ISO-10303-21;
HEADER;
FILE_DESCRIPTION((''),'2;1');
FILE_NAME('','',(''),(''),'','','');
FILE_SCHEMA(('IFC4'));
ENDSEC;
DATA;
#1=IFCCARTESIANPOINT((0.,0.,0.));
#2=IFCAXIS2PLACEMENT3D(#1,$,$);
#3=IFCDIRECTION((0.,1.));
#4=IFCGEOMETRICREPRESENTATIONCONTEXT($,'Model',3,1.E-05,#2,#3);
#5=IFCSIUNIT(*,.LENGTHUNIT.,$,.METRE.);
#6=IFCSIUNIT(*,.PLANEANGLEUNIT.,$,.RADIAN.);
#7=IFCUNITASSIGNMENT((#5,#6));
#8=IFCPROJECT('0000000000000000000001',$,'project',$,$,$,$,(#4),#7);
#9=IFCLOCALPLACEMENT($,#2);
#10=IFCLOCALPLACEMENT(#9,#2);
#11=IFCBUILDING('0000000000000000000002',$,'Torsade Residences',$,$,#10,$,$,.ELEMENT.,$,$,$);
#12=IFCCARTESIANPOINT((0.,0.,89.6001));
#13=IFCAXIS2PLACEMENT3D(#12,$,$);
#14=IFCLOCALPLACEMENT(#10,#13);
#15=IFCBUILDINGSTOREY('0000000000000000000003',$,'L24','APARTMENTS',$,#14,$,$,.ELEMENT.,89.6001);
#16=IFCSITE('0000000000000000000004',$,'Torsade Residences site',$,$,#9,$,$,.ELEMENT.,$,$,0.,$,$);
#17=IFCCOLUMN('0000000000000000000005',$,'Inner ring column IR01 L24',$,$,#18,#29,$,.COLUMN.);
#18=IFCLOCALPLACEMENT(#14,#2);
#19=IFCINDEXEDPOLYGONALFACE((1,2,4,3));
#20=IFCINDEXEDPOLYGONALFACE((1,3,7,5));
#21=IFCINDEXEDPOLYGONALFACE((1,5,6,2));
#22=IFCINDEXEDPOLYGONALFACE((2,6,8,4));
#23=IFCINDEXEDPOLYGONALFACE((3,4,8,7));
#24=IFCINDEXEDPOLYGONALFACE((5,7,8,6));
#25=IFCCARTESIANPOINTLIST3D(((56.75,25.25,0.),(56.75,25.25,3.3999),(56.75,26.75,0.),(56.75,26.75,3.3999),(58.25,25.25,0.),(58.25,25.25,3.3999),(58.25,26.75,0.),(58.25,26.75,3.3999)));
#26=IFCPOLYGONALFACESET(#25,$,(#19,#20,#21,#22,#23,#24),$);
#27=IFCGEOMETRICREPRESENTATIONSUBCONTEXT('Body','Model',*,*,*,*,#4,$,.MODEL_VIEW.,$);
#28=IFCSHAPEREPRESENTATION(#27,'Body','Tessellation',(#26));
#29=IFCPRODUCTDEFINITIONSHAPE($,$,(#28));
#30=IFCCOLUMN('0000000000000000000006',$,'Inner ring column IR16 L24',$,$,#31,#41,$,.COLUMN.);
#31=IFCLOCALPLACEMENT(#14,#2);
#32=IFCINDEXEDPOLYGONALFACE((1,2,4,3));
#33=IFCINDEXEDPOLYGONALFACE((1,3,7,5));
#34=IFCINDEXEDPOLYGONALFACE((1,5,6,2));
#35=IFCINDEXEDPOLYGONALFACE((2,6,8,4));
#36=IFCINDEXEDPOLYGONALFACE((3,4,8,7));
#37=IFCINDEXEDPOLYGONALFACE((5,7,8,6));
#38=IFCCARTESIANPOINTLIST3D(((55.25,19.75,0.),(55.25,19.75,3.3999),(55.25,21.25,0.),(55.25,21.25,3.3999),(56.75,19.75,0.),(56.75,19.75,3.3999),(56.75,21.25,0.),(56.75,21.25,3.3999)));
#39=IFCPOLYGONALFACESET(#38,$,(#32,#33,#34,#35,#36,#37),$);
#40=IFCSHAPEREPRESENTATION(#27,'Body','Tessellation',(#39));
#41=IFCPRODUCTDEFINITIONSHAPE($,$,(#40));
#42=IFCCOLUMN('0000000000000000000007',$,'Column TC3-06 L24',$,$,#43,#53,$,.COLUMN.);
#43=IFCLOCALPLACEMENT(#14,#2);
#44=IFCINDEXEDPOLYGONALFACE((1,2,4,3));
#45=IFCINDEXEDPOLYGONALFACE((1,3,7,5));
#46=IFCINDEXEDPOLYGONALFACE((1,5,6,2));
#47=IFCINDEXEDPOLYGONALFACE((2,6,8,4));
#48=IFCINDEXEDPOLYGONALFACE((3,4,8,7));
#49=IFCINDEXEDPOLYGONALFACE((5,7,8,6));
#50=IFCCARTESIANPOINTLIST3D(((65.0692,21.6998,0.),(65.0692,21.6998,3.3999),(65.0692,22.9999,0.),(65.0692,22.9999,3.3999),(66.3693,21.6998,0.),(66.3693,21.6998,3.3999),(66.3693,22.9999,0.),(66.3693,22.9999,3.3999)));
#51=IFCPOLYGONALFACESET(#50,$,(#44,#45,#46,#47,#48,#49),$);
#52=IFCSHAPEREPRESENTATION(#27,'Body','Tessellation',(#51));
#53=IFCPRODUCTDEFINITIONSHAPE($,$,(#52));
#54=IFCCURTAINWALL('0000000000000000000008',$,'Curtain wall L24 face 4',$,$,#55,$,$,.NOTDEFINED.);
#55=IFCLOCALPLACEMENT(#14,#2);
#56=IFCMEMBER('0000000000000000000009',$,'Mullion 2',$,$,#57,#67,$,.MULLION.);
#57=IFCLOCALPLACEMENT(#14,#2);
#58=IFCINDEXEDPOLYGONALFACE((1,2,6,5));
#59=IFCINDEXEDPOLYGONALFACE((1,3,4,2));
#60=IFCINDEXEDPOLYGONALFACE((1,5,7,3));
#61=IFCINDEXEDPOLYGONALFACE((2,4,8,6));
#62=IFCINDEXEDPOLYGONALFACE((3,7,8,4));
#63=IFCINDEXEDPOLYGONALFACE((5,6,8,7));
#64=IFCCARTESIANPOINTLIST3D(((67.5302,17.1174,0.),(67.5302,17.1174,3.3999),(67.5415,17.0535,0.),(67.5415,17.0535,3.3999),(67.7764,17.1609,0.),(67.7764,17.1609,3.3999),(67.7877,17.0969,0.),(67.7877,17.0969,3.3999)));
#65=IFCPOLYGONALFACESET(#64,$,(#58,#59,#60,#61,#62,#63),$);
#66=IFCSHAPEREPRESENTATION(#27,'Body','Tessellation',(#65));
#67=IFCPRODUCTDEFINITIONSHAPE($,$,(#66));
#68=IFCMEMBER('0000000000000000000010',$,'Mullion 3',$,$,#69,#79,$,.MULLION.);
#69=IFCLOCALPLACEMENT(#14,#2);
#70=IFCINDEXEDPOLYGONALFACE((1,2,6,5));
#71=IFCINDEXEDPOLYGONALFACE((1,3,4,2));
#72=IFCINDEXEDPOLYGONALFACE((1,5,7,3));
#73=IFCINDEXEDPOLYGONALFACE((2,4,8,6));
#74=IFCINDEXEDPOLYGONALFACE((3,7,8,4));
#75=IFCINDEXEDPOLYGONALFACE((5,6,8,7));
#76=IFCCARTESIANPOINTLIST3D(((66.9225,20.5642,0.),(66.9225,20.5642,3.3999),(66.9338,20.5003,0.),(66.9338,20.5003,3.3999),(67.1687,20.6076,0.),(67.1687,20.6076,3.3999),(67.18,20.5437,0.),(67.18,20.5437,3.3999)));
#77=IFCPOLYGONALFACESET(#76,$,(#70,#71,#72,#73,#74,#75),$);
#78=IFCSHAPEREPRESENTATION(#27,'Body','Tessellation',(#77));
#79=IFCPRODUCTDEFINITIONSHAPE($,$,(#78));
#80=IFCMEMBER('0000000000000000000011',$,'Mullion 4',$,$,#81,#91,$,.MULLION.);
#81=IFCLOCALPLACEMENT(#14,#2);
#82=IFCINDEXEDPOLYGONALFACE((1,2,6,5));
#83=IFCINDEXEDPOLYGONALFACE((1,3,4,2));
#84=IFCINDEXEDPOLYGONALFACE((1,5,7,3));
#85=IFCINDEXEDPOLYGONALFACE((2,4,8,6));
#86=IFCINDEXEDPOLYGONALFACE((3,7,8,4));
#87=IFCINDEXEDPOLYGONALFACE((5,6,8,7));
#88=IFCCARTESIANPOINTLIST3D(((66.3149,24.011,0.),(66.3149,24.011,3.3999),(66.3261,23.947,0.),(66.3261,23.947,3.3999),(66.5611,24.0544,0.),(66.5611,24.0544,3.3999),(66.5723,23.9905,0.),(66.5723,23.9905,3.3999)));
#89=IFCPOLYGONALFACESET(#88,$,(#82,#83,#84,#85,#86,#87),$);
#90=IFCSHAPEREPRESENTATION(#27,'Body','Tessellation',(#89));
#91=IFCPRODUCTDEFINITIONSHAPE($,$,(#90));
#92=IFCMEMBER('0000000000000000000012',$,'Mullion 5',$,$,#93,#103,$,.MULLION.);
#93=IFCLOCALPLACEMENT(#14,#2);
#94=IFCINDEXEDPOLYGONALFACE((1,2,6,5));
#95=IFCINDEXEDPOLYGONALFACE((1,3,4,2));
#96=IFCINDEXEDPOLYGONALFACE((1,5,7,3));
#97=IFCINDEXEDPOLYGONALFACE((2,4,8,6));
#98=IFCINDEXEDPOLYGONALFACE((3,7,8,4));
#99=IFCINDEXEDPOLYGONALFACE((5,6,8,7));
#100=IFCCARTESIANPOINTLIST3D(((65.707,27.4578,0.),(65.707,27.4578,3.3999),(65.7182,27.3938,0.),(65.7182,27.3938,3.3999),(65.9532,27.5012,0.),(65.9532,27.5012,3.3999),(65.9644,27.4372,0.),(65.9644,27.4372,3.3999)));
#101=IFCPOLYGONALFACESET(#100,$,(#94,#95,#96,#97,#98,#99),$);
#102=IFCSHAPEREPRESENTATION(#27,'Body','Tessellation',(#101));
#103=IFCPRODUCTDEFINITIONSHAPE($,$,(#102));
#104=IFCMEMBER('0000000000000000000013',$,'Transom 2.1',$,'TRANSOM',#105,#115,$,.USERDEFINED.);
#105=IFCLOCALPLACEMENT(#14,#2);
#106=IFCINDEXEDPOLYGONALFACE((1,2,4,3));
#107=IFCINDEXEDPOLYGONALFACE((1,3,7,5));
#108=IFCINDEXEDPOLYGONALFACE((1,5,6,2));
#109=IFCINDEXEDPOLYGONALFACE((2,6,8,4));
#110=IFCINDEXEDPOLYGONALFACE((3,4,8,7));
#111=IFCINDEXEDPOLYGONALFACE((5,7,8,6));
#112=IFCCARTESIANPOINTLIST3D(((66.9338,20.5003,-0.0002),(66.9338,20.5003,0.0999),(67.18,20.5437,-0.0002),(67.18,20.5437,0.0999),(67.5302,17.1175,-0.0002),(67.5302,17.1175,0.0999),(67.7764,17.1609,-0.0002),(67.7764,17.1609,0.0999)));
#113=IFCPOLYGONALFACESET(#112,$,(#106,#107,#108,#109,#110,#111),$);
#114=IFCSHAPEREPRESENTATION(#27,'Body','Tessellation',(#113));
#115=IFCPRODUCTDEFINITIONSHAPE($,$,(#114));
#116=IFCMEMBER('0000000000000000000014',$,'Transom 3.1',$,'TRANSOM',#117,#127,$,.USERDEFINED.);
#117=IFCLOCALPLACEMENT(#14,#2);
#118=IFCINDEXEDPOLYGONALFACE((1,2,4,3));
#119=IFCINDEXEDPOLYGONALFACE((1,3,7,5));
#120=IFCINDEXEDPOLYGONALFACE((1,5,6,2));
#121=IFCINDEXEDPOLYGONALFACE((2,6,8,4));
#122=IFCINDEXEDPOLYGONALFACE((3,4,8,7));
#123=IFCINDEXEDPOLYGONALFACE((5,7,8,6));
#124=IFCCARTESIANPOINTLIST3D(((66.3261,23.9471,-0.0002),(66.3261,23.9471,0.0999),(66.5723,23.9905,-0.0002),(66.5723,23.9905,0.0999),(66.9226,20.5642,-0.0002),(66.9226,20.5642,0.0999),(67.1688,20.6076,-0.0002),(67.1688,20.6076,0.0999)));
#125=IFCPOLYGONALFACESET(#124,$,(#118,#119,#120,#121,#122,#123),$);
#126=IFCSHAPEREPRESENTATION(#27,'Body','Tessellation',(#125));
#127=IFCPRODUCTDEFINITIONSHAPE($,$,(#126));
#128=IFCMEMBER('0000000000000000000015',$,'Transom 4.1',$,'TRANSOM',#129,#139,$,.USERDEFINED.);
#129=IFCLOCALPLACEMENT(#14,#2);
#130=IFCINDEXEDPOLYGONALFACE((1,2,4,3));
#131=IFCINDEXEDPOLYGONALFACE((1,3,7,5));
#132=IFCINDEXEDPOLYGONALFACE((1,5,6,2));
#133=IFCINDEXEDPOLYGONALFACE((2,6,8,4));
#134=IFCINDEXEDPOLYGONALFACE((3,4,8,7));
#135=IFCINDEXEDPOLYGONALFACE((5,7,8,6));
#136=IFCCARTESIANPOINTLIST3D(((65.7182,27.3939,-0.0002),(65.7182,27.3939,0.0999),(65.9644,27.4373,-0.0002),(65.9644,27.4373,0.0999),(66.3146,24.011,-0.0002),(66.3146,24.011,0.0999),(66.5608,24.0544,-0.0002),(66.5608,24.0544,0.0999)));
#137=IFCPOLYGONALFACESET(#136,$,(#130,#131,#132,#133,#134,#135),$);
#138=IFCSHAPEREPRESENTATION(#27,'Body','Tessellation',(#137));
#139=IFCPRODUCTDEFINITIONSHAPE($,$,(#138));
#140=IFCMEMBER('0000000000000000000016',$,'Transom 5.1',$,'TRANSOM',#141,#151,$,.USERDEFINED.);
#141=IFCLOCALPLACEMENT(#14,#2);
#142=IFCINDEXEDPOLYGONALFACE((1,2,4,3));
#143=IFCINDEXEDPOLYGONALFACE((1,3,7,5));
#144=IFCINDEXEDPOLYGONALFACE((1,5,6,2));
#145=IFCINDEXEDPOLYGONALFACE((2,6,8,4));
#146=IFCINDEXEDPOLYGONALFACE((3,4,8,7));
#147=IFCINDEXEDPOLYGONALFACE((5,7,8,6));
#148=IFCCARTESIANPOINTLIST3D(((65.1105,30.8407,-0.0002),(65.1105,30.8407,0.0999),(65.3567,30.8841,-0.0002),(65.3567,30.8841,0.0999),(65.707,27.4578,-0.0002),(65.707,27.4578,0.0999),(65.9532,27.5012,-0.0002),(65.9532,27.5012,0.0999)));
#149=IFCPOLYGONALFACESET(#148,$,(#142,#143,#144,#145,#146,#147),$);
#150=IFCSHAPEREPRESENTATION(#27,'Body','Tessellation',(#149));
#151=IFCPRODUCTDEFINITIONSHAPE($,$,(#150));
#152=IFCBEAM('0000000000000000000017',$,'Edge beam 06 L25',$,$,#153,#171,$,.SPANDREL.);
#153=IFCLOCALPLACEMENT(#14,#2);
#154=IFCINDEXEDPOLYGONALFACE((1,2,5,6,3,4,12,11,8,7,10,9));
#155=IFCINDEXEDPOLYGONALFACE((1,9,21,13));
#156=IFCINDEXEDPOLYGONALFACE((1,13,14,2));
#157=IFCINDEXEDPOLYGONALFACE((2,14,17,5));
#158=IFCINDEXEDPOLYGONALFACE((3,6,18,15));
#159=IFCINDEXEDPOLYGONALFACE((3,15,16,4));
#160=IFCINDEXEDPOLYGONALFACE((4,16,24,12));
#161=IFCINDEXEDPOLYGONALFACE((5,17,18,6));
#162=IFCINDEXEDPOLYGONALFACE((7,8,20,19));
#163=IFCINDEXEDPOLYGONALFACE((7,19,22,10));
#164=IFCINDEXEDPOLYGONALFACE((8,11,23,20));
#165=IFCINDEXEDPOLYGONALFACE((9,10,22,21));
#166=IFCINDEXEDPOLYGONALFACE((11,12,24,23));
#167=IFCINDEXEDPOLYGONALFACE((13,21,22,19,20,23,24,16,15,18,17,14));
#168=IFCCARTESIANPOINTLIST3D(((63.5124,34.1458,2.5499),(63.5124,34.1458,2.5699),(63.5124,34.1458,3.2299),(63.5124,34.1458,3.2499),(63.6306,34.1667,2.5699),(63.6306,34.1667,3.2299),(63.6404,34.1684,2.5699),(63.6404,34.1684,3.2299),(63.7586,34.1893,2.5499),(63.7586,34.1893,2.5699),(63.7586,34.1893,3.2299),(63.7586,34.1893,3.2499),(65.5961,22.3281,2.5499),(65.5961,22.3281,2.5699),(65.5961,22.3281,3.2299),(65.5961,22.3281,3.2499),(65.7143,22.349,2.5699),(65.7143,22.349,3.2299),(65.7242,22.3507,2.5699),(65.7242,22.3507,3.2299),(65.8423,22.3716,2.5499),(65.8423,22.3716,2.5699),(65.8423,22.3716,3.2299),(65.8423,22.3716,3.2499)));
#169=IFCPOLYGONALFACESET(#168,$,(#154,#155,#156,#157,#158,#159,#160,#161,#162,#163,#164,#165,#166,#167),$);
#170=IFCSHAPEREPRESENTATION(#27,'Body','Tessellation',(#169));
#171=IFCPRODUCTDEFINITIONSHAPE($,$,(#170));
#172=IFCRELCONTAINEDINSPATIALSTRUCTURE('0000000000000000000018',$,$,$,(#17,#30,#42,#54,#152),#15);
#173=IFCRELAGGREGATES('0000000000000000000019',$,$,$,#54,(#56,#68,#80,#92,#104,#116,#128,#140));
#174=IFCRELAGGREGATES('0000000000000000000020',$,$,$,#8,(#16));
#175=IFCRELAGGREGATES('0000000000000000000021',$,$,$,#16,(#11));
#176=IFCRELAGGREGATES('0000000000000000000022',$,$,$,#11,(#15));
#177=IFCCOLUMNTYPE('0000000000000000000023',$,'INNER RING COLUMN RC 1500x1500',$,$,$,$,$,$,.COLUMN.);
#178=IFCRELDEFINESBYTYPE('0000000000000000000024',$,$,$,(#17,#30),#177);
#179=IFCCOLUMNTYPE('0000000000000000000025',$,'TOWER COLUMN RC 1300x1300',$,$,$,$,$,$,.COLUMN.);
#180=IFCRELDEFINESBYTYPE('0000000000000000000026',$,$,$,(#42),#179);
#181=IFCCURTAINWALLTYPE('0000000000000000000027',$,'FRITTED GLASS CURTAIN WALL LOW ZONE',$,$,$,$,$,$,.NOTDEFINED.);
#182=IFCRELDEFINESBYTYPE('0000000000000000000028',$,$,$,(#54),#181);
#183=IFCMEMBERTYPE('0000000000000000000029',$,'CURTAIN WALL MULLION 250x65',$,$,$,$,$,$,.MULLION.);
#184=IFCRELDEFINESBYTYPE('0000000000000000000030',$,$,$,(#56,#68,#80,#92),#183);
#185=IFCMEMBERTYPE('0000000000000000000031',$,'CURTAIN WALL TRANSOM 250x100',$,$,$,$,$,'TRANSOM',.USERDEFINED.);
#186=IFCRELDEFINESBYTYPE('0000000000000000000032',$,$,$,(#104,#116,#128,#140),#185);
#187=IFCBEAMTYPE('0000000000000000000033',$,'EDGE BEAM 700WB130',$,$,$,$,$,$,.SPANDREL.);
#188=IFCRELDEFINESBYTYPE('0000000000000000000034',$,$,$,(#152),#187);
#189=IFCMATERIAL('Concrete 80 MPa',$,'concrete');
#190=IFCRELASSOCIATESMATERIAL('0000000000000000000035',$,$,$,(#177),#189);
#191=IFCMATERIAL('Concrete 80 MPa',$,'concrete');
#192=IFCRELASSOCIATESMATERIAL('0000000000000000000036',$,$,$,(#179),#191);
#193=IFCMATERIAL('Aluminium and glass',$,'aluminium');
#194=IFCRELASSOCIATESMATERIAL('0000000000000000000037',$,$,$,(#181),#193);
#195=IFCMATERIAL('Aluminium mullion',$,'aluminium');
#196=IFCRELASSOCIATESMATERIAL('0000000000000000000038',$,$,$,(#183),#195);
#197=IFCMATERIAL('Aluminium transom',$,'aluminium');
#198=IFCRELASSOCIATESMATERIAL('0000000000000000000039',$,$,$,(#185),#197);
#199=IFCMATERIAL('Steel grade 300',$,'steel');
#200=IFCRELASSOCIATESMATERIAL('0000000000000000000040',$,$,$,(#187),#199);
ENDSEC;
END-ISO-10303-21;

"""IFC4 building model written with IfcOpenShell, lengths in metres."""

from ifc_helpers import new_model, si_unit, direction, frame, origin, origin_2d, place, context, subcontext, project, spatial, rectangle, i_section, extrude, material, material_profile, profile_set, type_object, element, aggregate, save


model = new_model("IFC4")

# Units and contexts
model_context = context("Model", 3, precision=1e-05, world=origin(), true_north=direction((0.0, 1.0)))
body_context = subcontext(model_context, "Body", "Model", "MODEL_VIEW")
ifc_project = project(units=[si_unit("LENGTHUNIT", "METRE"), si_unit("PLANEANGLEUNIT", "RADIAN")], contexts=[model_context])

# Site, building, storey
site_placement = place(None, origin())
site = spatial("IfcSite", under=ifc_project, at=site_placement, Name="Torsade Residences site", CompositionType="ELEMENT", RefElevation=0.0)
building_placement = place(site_placement, origin())
building = spatial("IfcBuilding", under=site, at=building_placement, Name="Torsade Residences", CompositionType="ELEMENT")
storey_placement = place(building_placement, frame((0.0, 0.0, 89.6001)))
storey = spatial("IfcBuildingStorey", under=building, at=storey_placement, Name="L24", Description="APARTMENTS", CompositionType="ELEMENT", Elevation=89.6001)

# Columns
ifc_material_1 = material(Name="Concrete 80 MPa", Category="concrete")
ifc_material_profile_1 = material_profile(ifc_material_1, rectangle(XDim=1.5, YDim=1.5, at=origin_2d()), Name="RC 1500x1500")
ifc_profile_set_1 = profile_set([ifc_material_profile_1], Name="Concrete 80 MPa")
column_type_1 = type_object("IfcColumnType", Name="INNER RING COLUMN RC 1500x1500", PredefinedType="COLUMN", material=ifc_profile_set_1)
for number, where, z_axis, x_axis, name in (
    (1, (57.5, 26.0, 0.0), (0.0, 0.0, 1.0), (1.0, 0.0, 0.0), "Inner ring column IR01 L24"),
    (2, (56.0, 20.5, 0.0), (0.0, 0.0, 1.0), (1.0, 0.0, 0.0), "Inner ring column IR16 L24"),
):
    element("IfcColumn", number, at=place(storey_placement, frame(where, z_axis=z_axis, x_axis=x_axis)), inside=storey, type_object=column_type_1, Name=name, PredefinedType="COLUMN", context=body_context, shape_type="SweptSolid", body=[
        extrude(rectangle(XDim=1.5, YDim=1.5, at=origin_2d()), origin(), (0.0, 0.0, 1.0), 3.3999),
    ])
ifc_material_2 = material(Name="Concrete 80 MPa", Category="concrete")
ifc_material_profile_2 = material_profile(ifc_material_2, rectangle(XDim=1.3, YDim=1.3, at=origin_2d()), Name="RC 1300x1300")
ifc_profile_set_2 = profile_set([ifc_material_profile_2], Name="Concrete 80 MPa")
column_type_2 = type_object("IfcColumnType", Name="TOWER COLUMN RC 1300x1300", PredefinedType="COLUMN", material=ifc_profile_set_2)
column_placement = place(storey_placement, frame((65.7192, 22.3499, 0.0), z_axis=(0.0, 0.0, 1.0), x_axis=(1.0, 0.0, 0.0)))
element("IfcColumn", 3, at=column_placement, inside=storey, type_object=column_type_2, Name="Column TC3-06 L24", PredefinedType="COLUMN", context=body_context, shape_type="SweptSolid", body=[
    extrude(rectangle(XDim=1.3, YDim=1.3, at=origin_2d()), origin(), (0.0, 0.0, 1.0), 3.3999),
])

# Curtain wall, members
ifc_material_3 = material(Name="Aluminium and glass", Category="aluminium")
curtain_wall_type = type_object("IfcCurtainWallType", Name="FRITTED GLASS CURTAIN WALL LOW ZONE", PredefinedType="NOTDEFINED", material=ifc_material_3)
curtain_wall_placement = place(storey_placement, origin())
curtain_wall = element("IfcCurtainWall", 4, at=curtain_wall_placement, inside=storey, type_object=curtain_wall_type, Name="Curtain wall L24 face 4", PredefinedType="NOTDEFINED")
ifc_material_4 = material(Name="Aluminium mullion", Category="aluminium")
ifc_material_profile_3 = material_profile(ifc_material_4, rectangle(XDim=0.25, YDim=0.0649, at=origin_2d()), Name="CURTAIN WALL MULLION 250x65")
ifc_profile_set_3 = profile_set([ifc_material_profile_3], Name="Aluminium mullion")
member_type_1 = type_object("IfcMemberType", Name="CURTAIN WALL MULLION 250x65", PredefinedType="MULLION", material=ifc_profile_set_3)
member_1_placement = place(storey_placement, frame((67.6589, 17.1072, 0.0), z_axis=(0.0, 0.0, 1.0), x_axis=(-0.984808, -0.173648, 0.0)))
member_1 = element("IfcMember", 5, at=member_1_placement, type_object=member_type_1, Name="Mullion 2", PredefinedType="MULLION", context=body_context, shape_type="SweptSolid", body=[
    extrude(rectangle(XDim=0.25, YDim=0.0649, at=origin_2d()), origin(), (0.0, 0.0, 1.0), 3.3999),
])
member_2_placement = place(storey_placement, frame((67.0513, 20.554, 0.0), z_axis=(0.0, 0.0, 1.0), x_axis=(-0.984808, -0.173648, 0.0)))
member_2 = element("IfcMember", 6, at=member_2_placement, type_object=member_type_1, Name="Mullion 3", PredefinedType="MULLION", context=body_context, shape_type="SweptSolid", body=[
    extrude(rectangle(XDim=0.25, YDim=0.0649, at=origin_2d()), origin(), (0.0, 0.0, 1.0), 3.3999),
])
member_3_placement = place(storey_placement, frame((66.4436, 24.0007, 0.0), z_axis=(0.0, 0.0, 1.0), x_axis=(-0.984808, -0.173648, 0.0)))
member_3 = element("IfcMember", 7, at=member_3_placement, type_object=member_type_1, Name="Mullion 4", PredefinedType="MULLION", context=body_context, shape_type="SweptSolid", body=[
    extrude(rectangle(XDim=0.25, YDim=0.0649, at=origin_2d()), origin(), (0.0, 0.0, 1.0), 3.3999),
])
member_4_placement = place(storey_placement, frame((65.8357, 27.4475, 0.0), z_axis=(0.0, 0.0, 1.0), x_axis=(-0.984808, -0.173648, 0.0)))
member_4 = element("IfcMember", 8, at=member_4_placement, type_object=member_type_1, Name="Mullion 5", PredefinedType="MULLION", context=body_context, shape_type="SweptSolid", body=[
    extrude(rectangle(XDim=0.25, YDim=0.0649, at=origin_2d()), origin(), (0.0, 0.0, 1.0), 3.3999),
])
ifc_material_5 = material(Name="Aluminium transom", Category="aluminium")
ifc_material_profile_4 = material_profile(ifc_material_5, rectangle(XDim=0.25, YDim=0.1001, at=origin_2d()), Name="CURTAIN WALL TRANSOM 250x100")
ifc_profile_set_4 = profile_set([ifc_material_profile_4], Name="Aluminium transom")
member_type_2 = type_object("IfcMemberType", Name="CURTAIN WALL TRANSOM 250x100", ElementType="TRANSOM", PredefinedType="USERDEFINED", material=ifc_profile_set_4)
member_5_placement = place(storey_placement, frame((67.6533, 17.1392, 0.0498), z_axis=(-0.173635, 0.98481, 0.0), x_axis=(-0.98481, -0.173635, 0.0)))
member_5 = element("IfcMember", 9, at=member_5_placement, type_object=member_type_2, Name="Transom 2.1", ObjectType="TRANSOM", PredefinedType="USERDEFINED", context=body_context, shape_type="SweptSolid", body=[
    extrude(rectangle(XDim=0.25, YDim=0.1001, at=origin_2d()), origin(), (0.0, 0.0, 1.0), 3.4351),
])
member_6_placement = place(storey_placement, frame((67.0457, 20.5859, 0.0498), z_axis=(-0.173635, 0.98481, 0.0), x_axis=(-0.98481, -0.173635, 0.0)))
member_6 = element("IfcMember", 10, at=member_6_placement, type_object=member_type_2, Name="Transom 3.1", ObjectType="TRANSOM", PredefinedType="USERDEFINED", context=body_context, shape_type="SweptSolid", body=[
    extrude(rectangle(XDim=0.25, YDim=0.1001, at=origin_2d()), origin(), (0.0, 0.0, 1.0), 3.4351),
])
member_7_placement = place(storey_placement, frame((66.4377, 24.0327, 0.0498), z_axis=(-0.173635, 0.98481, 0.0), x_axis=(-0.98481, -0.173635, 0.0)))
member_7 = element("IfcMember", 11, at=member_7_placement, type_object=member_type_2, Name="Transom 4.1", ObjectType="TRANSOM", PredefinedType="USERDEFINED", context=body_context, shape_type="SweptSolid", body=[
    extrude(rectangle(XDim=0.25, YDim=0.1001, at=origin_2d()), origin(), (0.0, 0.0, 1.0), 3.4351),
])
member_8_placement = place(storey_placement, frame((65.8301, 27.4795, 0.0498), z_axis=(-0.173635, 0.98481, 0.0), x_axis=(-0.98481, -0.173635, 0.0)))
member_8 = element("IfcMember", 12, at=member_8_placement, type_object=member_type_2, Name="Transom 5.1", ObjectType="TRANSOM", PredefinedType="USERDEFINED", context=body_context, shape_type="SweptSolid", body=[
    extrude(rectangle(XDim=0.25, YDim=0.1001, at=origin_2d()), origin(), (0.0, 0.0, 1.0), 3.4351),
])

# Beam
ifc_material_6 = material(Name="Steel grade 300", Category="steel")
ifc_material_profile_5 = material_profile(ifc_material_6, i_section(OverallWidth=0.25, OverallDepth=0.7, WebThickness=0.01, FlangeThickness=0.02, at=origin_2d()), Name="700WB130")
ifc_profile_set_5 = profile_set([ifc_material_profile_5], Name="Steel grade 300")
beam_type_1 = type_object("IfcBeamType", Name="EDGE BEAM 700WB130", PredefinedType="SPANDREL", material=ifc_profile_set_5)
beam_1_placement = place(storey_placement, frame((65.7192, 22.3499, 2.8999), z_axis=(-0.173646, 0.984808, 0.0), x_axis=(-0.984808, -0.173646, 0.0)))
element("IfcBeam", 13, at=beam_1_placement, inside=storey, type_object=beam_type_1, Name="Edge beam 06 L25", PredefinedType="SPANDREL", context=body_context, shape_type="SweptSolid", body=[
    extrude(i_section(OverallWidth=0.25, OverallDepth=0.7, WebThickness=0.01, FlangeThickness=0.02, at=origin_2d()), origin(), (0.0, 0.0, 1.0), 12.0),
])

aggregate(curtain_wall, [member_1, member_2, member_3, member_4, member_5, member_6, member_7, member_8])

save(model, "model.ifc")
